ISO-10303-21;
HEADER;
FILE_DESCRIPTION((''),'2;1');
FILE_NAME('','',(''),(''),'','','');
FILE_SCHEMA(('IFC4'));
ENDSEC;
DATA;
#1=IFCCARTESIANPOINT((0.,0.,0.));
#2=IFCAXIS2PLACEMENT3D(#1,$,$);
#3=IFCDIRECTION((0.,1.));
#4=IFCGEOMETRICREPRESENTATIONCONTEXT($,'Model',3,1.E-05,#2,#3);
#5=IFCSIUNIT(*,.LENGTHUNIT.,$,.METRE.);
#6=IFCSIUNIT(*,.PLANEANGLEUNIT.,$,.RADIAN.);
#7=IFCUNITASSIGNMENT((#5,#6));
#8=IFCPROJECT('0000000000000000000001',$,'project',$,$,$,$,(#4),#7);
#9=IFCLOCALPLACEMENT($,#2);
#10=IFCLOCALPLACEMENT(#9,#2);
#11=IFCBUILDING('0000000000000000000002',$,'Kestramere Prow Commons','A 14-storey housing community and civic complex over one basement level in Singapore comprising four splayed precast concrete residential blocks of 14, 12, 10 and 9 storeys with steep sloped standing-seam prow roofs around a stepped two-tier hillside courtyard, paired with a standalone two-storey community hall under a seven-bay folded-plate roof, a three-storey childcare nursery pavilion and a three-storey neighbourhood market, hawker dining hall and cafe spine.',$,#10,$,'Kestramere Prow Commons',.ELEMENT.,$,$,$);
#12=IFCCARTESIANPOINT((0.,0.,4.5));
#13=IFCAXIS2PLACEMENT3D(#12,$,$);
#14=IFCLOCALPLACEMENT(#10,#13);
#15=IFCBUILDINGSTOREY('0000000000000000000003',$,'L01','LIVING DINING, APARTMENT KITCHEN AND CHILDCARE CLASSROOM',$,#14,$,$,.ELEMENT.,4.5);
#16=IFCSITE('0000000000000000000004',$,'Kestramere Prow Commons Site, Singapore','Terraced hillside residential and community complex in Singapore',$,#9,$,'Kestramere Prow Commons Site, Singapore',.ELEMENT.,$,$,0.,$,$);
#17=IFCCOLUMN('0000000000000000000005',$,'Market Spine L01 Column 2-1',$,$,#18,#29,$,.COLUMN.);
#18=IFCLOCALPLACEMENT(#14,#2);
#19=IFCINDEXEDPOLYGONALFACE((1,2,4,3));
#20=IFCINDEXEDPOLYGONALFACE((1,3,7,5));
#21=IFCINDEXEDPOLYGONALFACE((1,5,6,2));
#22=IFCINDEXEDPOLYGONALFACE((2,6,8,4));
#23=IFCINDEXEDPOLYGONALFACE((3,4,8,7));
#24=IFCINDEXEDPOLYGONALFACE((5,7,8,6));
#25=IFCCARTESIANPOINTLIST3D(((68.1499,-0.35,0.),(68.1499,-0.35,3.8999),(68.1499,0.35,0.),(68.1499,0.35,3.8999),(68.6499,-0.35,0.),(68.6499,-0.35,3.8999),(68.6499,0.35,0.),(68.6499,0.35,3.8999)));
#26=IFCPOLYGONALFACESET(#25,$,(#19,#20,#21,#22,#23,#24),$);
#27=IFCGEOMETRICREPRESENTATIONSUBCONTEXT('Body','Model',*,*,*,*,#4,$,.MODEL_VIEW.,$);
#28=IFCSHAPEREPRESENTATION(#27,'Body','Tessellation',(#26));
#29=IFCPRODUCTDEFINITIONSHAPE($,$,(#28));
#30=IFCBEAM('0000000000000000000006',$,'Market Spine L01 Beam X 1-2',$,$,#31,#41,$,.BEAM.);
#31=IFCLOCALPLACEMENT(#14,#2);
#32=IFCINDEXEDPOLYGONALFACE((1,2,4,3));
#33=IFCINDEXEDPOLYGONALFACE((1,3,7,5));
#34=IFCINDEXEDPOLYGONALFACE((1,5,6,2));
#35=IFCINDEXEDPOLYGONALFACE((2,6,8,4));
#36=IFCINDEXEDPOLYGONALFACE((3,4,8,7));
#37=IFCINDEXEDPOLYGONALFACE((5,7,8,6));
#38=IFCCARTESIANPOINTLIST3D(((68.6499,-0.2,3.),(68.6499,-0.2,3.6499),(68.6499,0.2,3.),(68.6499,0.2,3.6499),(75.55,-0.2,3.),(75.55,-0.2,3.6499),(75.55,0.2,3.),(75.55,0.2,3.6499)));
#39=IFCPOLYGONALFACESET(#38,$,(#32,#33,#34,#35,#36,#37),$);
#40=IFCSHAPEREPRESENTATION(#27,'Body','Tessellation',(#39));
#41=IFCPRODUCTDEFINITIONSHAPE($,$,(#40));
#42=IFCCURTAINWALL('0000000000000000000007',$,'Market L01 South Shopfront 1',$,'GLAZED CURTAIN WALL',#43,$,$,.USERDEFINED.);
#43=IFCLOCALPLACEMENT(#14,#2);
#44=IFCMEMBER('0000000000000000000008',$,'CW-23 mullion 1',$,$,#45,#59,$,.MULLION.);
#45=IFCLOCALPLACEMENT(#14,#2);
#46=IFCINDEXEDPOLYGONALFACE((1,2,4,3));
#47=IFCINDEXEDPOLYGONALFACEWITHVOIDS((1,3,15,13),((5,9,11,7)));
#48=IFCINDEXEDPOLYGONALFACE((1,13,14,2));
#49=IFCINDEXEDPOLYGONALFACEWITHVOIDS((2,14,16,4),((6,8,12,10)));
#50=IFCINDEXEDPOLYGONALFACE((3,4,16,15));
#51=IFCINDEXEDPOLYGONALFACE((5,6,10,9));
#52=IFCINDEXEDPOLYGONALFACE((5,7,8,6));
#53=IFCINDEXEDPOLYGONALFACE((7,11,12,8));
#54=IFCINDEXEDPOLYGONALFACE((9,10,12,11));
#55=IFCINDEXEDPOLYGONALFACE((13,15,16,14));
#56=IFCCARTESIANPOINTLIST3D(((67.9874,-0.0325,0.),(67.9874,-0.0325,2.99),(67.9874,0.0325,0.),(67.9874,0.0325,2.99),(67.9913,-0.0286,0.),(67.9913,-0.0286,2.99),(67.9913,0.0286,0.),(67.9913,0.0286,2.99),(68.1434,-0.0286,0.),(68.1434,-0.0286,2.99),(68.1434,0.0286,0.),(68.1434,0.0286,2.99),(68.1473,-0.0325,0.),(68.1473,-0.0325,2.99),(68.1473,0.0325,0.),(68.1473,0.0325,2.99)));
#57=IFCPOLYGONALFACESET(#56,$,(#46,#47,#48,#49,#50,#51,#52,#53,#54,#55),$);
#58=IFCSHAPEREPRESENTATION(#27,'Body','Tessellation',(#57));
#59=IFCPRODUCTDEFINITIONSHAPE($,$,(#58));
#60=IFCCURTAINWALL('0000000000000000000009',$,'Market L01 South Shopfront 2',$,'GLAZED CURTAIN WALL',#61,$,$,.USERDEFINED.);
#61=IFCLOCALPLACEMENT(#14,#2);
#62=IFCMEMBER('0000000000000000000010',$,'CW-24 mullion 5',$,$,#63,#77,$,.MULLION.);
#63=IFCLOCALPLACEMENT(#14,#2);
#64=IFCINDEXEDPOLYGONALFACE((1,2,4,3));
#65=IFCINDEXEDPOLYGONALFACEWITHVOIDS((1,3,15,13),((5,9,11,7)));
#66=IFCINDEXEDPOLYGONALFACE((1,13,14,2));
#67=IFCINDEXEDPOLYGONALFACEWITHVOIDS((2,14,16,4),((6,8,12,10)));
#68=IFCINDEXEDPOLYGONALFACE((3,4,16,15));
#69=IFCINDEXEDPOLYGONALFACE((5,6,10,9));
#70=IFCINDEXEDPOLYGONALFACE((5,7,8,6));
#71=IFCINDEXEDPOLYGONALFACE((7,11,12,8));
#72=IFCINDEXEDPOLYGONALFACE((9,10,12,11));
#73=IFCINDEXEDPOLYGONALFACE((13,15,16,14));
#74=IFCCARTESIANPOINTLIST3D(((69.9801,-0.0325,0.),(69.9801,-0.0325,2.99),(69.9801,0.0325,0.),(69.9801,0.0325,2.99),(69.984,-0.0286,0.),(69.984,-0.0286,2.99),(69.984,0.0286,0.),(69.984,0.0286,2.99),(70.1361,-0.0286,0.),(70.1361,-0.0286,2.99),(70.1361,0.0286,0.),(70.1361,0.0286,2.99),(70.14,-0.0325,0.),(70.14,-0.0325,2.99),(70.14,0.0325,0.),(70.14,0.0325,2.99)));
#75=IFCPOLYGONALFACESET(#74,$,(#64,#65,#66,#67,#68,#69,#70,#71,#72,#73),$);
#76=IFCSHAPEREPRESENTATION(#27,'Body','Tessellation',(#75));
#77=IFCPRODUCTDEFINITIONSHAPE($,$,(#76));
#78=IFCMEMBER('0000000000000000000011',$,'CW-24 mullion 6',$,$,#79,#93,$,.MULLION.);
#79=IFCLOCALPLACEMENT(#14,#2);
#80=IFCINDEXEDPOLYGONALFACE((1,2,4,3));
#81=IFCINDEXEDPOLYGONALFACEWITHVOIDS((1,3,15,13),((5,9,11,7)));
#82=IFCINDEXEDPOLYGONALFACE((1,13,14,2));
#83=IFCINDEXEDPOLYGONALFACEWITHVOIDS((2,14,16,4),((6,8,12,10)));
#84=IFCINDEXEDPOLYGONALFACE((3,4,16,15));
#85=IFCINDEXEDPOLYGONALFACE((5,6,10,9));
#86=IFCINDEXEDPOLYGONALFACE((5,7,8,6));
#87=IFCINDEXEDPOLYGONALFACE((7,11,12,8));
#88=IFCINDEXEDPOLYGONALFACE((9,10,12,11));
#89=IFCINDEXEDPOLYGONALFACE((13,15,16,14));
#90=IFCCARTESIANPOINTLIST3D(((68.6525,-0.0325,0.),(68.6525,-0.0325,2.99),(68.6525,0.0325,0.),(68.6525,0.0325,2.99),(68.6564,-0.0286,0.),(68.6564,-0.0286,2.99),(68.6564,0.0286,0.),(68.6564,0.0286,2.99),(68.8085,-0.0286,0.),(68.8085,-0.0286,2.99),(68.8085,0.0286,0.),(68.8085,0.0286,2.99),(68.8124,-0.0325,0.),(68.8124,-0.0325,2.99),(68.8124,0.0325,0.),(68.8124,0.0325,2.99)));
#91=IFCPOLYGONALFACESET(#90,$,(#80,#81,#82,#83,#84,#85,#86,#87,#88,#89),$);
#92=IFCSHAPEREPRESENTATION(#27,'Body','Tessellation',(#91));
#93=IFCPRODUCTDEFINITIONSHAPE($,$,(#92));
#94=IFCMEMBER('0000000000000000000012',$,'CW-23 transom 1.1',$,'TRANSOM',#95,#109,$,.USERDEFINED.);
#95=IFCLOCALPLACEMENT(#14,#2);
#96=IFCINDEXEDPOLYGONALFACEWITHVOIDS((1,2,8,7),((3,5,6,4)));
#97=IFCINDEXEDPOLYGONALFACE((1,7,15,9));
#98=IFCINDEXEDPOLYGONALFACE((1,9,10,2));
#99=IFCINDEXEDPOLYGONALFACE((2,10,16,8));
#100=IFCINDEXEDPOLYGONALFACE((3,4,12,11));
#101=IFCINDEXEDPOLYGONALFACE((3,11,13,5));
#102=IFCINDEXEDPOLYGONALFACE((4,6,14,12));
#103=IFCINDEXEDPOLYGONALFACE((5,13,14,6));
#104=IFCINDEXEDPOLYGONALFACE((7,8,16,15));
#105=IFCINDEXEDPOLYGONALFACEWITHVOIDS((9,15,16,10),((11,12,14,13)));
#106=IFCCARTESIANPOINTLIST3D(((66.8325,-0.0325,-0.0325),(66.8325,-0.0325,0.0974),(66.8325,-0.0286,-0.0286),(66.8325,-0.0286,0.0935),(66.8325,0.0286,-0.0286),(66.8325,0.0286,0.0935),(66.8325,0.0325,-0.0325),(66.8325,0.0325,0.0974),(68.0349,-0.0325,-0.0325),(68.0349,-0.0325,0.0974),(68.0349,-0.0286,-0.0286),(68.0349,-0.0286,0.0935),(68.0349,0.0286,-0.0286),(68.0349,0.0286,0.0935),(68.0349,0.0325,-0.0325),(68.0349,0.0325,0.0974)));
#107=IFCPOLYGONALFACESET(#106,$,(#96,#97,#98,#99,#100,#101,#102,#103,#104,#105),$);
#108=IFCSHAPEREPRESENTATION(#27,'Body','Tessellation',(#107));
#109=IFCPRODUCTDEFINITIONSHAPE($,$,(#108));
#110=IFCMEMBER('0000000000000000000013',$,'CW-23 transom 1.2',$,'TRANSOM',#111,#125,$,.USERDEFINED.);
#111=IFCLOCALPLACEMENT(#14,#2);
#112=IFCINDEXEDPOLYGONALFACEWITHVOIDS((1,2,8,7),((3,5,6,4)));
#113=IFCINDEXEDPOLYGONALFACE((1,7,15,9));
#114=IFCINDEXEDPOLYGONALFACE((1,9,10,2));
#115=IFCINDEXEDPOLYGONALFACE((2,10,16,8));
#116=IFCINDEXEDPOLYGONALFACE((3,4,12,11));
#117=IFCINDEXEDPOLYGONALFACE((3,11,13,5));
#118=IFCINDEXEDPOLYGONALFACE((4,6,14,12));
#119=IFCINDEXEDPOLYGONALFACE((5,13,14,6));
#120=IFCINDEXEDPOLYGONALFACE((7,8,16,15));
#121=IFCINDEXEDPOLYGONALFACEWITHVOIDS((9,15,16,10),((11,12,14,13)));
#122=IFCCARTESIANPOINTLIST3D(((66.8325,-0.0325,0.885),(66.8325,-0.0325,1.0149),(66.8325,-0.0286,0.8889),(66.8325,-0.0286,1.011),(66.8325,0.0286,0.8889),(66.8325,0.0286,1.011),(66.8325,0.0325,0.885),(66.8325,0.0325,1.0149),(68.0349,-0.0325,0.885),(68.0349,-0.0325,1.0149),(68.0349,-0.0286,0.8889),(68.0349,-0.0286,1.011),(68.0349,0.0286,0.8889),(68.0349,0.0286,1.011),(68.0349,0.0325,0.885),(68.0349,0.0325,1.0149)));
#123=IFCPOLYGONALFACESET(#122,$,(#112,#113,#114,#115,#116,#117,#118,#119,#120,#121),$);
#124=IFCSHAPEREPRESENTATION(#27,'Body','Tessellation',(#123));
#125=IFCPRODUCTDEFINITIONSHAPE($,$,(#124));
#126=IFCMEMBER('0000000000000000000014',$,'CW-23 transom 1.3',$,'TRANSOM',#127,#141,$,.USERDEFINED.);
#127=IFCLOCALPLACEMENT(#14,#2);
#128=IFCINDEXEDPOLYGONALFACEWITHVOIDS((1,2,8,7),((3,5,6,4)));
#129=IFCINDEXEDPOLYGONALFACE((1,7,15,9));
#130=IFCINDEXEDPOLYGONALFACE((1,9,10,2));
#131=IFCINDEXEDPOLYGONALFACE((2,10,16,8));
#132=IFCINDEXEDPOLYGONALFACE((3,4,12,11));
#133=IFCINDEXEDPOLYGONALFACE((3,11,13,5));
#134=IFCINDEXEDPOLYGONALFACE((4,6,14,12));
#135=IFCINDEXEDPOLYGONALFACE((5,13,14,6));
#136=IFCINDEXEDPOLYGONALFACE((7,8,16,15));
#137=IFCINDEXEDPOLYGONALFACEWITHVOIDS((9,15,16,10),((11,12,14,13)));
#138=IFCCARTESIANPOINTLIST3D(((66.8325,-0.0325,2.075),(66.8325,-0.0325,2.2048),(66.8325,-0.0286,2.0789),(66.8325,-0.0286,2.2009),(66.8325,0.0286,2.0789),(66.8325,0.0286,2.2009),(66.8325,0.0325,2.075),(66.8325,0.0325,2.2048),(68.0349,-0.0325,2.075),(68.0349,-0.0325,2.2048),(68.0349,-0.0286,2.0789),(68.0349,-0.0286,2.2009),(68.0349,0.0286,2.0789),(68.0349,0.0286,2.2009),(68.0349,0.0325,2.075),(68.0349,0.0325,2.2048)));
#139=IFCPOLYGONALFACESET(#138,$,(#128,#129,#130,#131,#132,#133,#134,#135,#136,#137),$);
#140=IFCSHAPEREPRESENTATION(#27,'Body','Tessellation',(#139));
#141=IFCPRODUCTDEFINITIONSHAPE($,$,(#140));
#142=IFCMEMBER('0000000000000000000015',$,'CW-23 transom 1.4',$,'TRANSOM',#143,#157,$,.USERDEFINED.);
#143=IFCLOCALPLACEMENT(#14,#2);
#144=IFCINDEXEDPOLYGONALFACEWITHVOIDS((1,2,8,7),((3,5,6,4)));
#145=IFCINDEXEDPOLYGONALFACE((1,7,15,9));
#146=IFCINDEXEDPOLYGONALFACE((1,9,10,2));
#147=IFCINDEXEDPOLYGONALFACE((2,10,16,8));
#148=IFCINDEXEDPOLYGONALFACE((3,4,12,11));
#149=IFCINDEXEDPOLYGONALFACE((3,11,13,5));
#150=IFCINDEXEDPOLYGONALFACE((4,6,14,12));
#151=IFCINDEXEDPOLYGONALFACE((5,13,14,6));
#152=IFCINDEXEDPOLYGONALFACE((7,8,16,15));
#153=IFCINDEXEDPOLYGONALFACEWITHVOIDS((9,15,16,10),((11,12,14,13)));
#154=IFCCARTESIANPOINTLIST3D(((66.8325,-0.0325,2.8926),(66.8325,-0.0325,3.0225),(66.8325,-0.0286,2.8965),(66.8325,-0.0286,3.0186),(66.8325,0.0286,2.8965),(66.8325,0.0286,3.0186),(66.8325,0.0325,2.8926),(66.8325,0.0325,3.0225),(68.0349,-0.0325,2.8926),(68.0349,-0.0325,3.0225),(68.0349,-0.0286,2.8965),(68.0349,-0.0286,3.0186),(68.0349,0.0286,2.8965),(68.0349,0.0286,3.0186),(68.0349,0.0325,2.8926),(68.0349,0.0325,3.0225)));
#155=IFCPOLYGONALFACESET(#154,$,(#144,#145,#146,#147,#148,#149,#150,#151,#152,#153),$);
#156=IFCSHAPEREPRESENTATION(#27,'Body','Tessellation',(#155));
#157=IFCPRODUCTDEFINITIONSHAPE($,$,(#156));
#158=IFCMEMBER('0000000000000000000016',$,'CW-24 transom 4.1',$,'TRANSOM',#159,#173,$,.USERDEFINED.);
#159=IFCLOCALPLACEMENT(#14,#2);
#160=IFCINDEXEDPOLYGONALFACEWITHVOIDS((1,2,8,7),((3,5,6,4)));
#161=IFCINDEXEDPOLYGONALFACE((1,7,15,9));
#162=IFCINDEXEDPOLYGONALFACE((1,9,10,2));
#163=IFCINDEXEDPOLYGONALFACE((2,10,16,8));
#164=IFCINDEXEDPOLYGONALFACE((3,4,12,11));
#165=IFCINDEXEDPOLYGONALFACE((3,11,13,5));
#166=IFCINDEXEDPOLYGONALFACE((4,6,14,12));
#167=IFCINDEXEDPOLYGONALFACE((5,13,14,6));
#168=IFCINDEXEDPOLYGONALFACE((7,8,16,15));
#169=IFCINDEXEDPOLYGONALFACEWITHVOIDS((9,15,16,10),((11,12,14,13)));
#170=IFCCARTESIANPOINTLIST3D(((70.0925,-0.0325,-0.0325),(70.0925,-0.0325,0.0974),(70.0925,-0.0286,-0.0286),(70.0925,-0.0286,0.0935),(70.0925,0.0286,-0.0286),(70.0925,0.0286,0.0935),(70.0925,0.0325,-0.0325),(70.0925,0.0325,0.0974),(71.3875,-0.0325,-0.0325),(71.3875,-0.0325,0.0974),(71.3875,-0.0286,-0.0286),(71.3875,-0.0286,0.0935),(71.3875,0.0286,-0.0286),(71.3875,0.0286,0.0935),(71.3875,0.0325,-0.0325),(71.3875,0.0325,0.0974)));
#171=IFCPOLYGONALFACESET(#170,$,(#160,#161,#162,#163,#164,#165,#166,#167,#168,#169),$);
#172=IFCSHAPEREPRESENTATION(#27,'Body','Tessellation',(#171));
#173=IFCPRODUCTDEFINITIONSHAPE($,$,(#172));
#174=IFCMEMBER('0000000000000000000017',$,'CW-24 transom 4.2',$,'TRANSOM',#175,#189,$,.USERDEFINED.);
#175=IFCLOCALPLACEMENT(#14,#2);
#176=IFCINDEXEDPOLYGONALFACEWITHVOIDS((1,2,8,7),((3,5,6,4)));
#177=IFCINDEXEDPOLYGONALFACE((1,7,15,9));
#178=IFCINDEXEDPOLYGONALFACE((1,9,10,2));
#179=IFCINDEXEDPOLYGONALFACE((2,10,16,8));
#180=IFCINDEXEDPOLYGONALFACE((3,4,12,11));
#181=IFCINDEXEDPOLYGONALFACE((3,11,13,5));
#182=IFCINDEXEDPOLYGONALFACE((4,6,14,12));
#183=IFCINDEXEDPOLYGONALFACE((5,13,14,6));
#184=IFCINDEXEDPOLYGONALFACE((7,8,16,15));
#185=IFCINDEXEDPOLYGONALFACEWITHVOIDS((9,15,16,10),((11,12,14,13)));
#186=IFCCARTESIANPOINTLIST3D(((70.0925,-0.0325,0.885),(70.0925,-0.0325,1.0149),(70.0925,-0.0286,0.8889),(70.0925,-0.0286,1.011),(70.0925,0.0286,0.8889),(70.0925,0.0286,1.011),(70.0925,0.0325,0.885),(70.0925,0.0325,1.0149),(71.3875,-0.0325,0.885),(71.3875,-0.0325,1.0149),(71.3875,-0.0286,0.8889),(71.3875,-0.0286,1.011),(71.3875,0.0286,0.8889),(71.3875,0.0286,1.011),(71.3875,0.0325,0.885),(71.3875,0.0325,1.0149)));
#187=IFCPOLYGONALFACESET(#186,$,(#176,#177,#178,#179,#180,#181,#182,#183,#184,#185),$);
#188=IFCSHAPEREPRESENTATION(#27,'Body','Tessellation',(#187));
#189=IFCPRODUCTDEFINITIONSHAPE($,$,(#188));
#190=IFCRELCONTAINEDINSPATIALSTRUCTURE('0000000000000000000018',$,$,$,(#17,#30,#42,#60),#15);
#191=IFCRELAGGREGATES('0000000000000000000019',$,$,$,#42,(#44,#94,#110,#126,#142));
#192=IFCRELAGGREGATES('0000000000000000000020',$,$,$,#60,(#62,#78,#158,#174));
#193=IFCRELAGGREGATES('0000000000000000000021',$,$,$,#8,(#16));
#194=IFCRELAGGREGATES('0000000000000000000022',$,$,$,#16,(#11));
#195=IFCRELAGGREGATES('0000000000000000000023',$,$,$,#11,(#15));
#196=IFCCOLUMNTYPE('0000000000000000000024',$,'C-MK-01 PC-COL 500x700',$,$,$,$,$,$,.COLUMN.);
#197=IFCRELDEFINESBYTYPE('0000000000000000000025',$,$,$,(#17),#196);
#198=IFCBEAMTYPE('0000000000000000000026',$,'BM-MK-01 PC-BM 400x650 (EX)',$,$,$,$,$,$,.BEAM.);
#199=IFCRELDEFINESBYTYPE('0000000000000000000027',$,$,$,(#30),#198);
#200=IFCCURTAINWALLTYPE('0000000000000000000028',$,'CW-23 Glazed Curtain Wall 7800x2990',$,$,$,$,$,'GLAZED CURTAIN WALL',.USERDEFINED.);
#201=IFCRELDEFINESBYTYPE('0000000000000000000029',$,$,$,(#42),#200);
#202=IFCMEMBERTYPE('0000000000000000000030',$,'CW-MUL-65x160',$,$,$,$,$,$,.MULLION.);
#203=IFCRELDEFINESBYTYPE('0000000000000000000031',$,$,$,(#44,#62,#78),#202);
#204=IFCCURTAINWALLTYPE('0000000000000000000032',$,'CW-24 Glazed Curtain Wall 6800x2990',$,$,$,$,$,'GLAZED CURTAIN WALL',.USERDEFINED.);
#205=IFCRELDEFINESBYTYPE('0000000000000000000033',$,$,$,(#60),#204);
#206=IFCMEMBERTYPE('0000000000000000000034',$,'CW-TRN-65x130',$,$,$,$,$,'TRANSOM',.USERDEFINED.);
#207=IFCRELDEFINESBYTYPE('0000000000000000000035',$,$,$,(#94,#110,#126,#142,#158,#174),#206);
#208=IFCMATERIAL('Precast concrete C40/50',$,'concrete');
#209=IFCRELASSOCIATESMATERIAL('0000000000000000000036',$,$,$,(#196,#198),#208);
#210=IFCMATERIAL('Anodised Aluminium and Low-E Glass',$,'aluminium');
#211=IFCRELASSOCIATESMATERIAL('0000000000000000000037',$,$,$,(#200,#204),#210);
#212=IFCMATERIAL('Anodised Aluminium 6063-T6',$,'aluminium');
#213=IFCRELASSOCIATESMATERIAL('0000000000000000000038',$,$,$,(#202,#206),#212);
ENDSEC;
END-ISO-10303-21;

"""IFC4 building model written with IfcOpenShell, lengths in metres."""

from ifc_helpers import new_model, si_unit, direction, frame, origin, origin_2d, place, context, subcontext, project, spatial, rectangle, hollow_rectangle, extrude, material, material_profile, profile_set, type_object, element, aggregate, save


model = new_model("IFC4")

# Units and contexts
model_context = context("Model", 3, precision=1e-05, world=origin(), true_north=direction((0.0, 1.0)))
body_context = subcontext(model_context, "Body", "Model", "MODEL_VIEW")
ifc_project = project(units=[si_unit("LENGTHUNIT", "METRE"), si_unit("PLANEANGLEUNIT", "RADIAN")], contexts=[model_context])

# Site, building, storey
site_placement = place(None, origin())
site = spatial("IfcSite", under=ifc_project, at=site_placement, Name="Kestramere Prow Commons Site, Singapore", Description="Terraced hillside residential and community complex in Singapore", LongName="Kestramere Prow Commons Site, Singapore", CompositionType="ELEMENT", RefElevation=0.0)
building_placement = place(site_placement, origin())
building = spatial("IfcBuilding", under=site, at=building_placement, Name="Kestramere Prow Commons", Description="A 14-storey housing community and civic complex over one basement level in Singapore comprising four splayed precast concrete residential blocks of 14, 12, 10 and 9 storeys with steep sloped standing-seam prow roofs around a stepped two-tier hillside courtyard, paired with a standalone two-storey community hall under a seven-bay folded-plate roof, a three-storey childcare nursery pavilion and a three-storey neighbourhood market, hawker dining hall and cafe spine.", LongName="Kestramere Prow Commons", CompositionType="ELEMENT")
storey_placement = place(building_placement, frame((0.0, 0.0, 4.5)))
storey = spatial("IfcBuildingStorey", under=building, at=storey_placement, Name="L01", Description="LIVING DINING, APARTMENT KITCHEN AND CHILDCARE CLASSROOM", CompositionType="ELEMENT", Elevation=4.5)

# Column
ifc_material_1 = material(Name="Precast concrete C40/50", Category="concrete")
ifc_material_profile_1 = material_profile(ifc_material_1, rectangle(XDim=0.5, YDim=0.7, at=origin_2d()), Name="PC-COL 500x700")
ifc_profile_set_1 = profile_set([ifc_material_profile_1], Name="Precast concrete C40/50")
column_type = type_object("IfcColumnType", Name="C-MK-01 PC-COL 500x700", PredefinedType="COLUMN", material=ifc_profile_set_1)
column_placement = place(storey_placement, frame((68.3999, 0.0, 0.0), z_axis=(0.0, 0.0, 1.0), x_axis=(1.0, 0.0, 0.0)))
element("IfcColumn", 1, at=column_placement, inside=storey, type_object=column_type, Name="Market Spine L01 Column 2-1", PredefinedType="COLUMN", context=body_context, shape_type="SweptSolid", body=[
    extrude(rectangle(XDim=0.5, YDim=0.7, at=origin_2d()), origin(), (0.0, 0.0, 1.0), 3.8999),
])

# Beam
ifc_material_profile_2 = material_profile(ifc_material_1, rectangle(XDim=0.3999, YDim=0.6499, at=origin_2d()), Name="PC-BM 400x650")
ifc_profile_set_2 = profile_set([ifc_material_profile_2], Name="Precast concrete C40/50")
beam_type = type_object("IfcBeamType", Name="BM-MK-01 PC-BM 400x650 (EX)", PredefinedType="BEAM", material=ifc_profile_set_2)
beam_placement = place(storey_placement, frame((68.6499, 0.0, 3.325), z_axis=(1.0, 0.0, 0.0), x_axis=(0.0, 1.0, 0.0)))
element("IfcBeam", 2, at=beam_placement, inside=storey, type_object=beam_type, Name="Market Spine L01 Beam X 1-2", PredefinedType="BEAM", context=body_context, shape_type="SweptSolid", body=[
    extrude(rectangle(XDim=0.3999, YDim=0.6499, at=origin_2d()), origin(), (0.0, 0.0, 1.0), 6.9001),
])

# Curtain wall, member
ifc_material_2 = material(Name="Anodised Aluminium and Low-E Glass", Category="aluminium")
curtain_wall_type_1 = type_object("IfcCurtainWallType", Name="CW-23 Glazed Curtain Wall 7800x2990", ElementType="GLAZED CURTAIN WALL", PredefinedType="USERDEFINED", material=ifc_material_2)
curtain_wall_1_placement = place(storey_placement, origin())
curtain_wall_1 = element("IfcCurtainWall", 3, at=curtain_wall_1_placement, inside=storey, type_object=curtain_wall_type_1, Name="Market L01 South Shopfront 1", ObjectType="GLAZED CURTAIN WALL", PredefinedType="USERDEFINED")
ifc_material_3 = material(Name="Anodised Aluminium 6063-T6", Category="aluminium")
ifc_material_profile_3 = material_profile(ifc_material_3, hollow_rectangle(XDim=0.0649, YDim=0.1599, WallThickness=0.0039, at=origin_2d()), Name="ALU-MUL 65x160")
ifc_profile_set_3 = profile_set([ifc_material_profile_3], Name="Anodised Aluminium 6063-T6")
member_type_1 = type_object("IfcMemberType", Name="CW-MUL-65x160", PredefinedType="MULLION", material=ifc_profile_set_3)
member_1_placement = place(storey_placement, frame((68.0674, 0.0, 0.0), z_axis=(0.0, 0.0, 1.0), x_axis=(0.0, -1.0, 0.0)))
member_1 = element("IfcMember", 4, at=member_1_placement, type_object=member_type_1, Name="CW-23 mullion 1", PredefinedType="MULLION", context=body_context, shape_type="SweptSolid", body=[
    extrude(hollow_rectangle(XDim=0.0649, YDim=0.1599, WallThickness=0.0039, at=origin_2d()), origin(), (0.0, 0.0, 1.0), 2.99),
])

# Curtain wall, members
curtain_wall_type_2 = type_object("IfcCurtainWallType", Name="CW-24 Glazed Curtain Wall 6800x2990", ElementType="GLAZED CURTAIN WALL", PredefinedType="USERDEFINED", material=ifc_material_2)
curtain_wall_2_placement = place(storey_placement, origin())
curtain_wall_2 = element("IfcCurtainWall", 5, at=curtain_wall_2_placement, inside=storey, type_object=curtain_wall_type_2, Name="Market L01 South Shopfront 2", ObjectType="GLAZED CURTAIN WALL", PredefinedType="USERDEFINED")
member_2_placement = place(storey_placement, frame((70.0601, 0.0, 0.0), z_axis=(0.0, 0.0, 1.0), x_axis=(0.0, -1.0, 0.0)))
member_2 = element("IfcMember", 6, at=member_2_placement, type_object=member_type_1, Name="CW-24 mullion 5", PredefinedType="MULLION", context=body_context, shape_type="SweptSolid", body=[
    extrude(hollow_rectangle(XDim=0.0649, YDim=0.1599, WallThickness=0.0039, at=origin_2d()), origin(), (0.0, 0.0, 1.0), 2.99),
])
member_3_placement = place(storey_placement, frame((68.7324, 0.0, 0.0), z_axis=(0.0, 0.0, 1.0), x_axis=(0.0, -1.0, 0.0)))
member_3 = element("IfcMember", 7, at=member_3_placement, type_object=member_type_1, Name="CW-24 mullion 6", PredefinedType="MULLION", context=body_context, shape_type="SweptSolid", body=[
    extrude(hollow_rectangle(XDim=0.0649, YDim=0.1599, WallThickness=0.0039, at=origin_2d()), origin(), (0.0, 0.0, 1.0), 2.99),
])

# Members
ifc_material_profile_4 = material_profile(ifc_material_3, hollow_rectangle(XDim=0.0649, YDim=0.1299, WallThickness=0.0039, at=origin_2d()), Name="ALU-TRN 65x130")
ifc_profile_set_4 = profile_set([ifc_material_profile_4], Name="Anodised Aluminium 6063-T6")
member_type_2 = type_object("IfcMemberType", Name="CW-TRN-65x130", ElementType="TRANSOM", PredefinedType="USERDEFINED", material=ifc_profile_set_4)
member_4_placement = place(storey_placement, frame((68.0349, 0.0, 0.0325), z_axis=(-1.0, 0.0, 0.0), x_axis=(0.0, -1.0, 0.0)))
member_4 = element("IfcMember", 8, at=member_4_placement, type_object=member_type_2, Name="CW-23 transom 1.1", ObjectType="TRANSOM", PredefinedType="USERDEFINED", context=body_context, shape_type="SweptSolid", body=[
    extrude(hollow_rectangle(XDim=0.0649, YDim=0.1299, WallThickness=0.0039, at=origin_2d()), origin(), (0.0, 0.0, 1.0), 1.2024),
])
member_5_placement = place(storey_placement, frame((68.0349, 0.0, 0.95), z_axis=(-1.0, 0.0, 0.0), x_axis=(0.0, -1.0, 0.0)))
member_5 = element("IfcMember", 9, at=member_5_placement, type_object=member_type_2, Name="CW-23 transom 1.2", ObjectType="TRANSOM", PredefinedType="USERDEFINED", context=body_context, shape_type="SweptSolid", body=[
    extrude(hollow_rectangle(XDim=0.0649, YDim=0.1299, WallThickness=0.0039, at=origin_2d()), origin(), (0.0, 0.0, 1.0), 1.2024),
])
member_6_placement = place(storey_placement, frame((68.0349, 0.0, 2.1399), z_axis=(-1.0, 0.0, 0.0), x_axis=(0.0, -1.0, 0.0)))
member_6 = element("IfcMember", 10, at=member_6_placement, type_object=member_type_2, Name="CW-23 transom 1.3", ObjectType="TRANSOM", PredefinedType="USERDEFINED", context=body_context, shape_type="SweptSolid", body=[
    extrude(hollow_rectangle(XDim=0.0649, YDim=0.1299, WallThickness=0.0039, at=origin_2d()), origin(), (0.0, 0.0, 1.0), 1.2024),
])
member_7_placement = place(storey_placement, frame((68.0349, 0.0, 2.9575), z_axis=(-1.0, 0.0, 0.0), x_axis=(0.0, -1.0, 0.0)))
member_7 = element("IfcMember", 11, at=member_7_placement, type_object=member_type_2, Name="CW-23 transom 1.4", ObjectType="TRANSOM", PredefinedType="USERDEFINED", context=body_context, shape_type="SweptSolid", body=[
    extrude(hollow_rectangle(XDim=0.0649, YDim=0.1299, WallThickness=0.0039, at=origin_2d()), origin(), (0.0, 0.0, 1.0), 1.2024),
])
aggregate(curtain_wall_1, [member_1, member_4, member_5, member_6, member_7])
member_8_placement = place(storey_placement, frame((71.3875, 0.0, 0.0325), z_axis=(-1.0, 0.0, 0.0), x_axis=(0.0, -1.0, 0.0)))
member_8 = element("IfcMember", 12, at=member_8_placement, type_object=member_type_2, Name="CW-24 transom 4.1", ObjectType="TRANSOM", PredefinedType="USERDEFINED", context=body_context, shape_type="SweptSolid", body=[
    extrude(hollow_rectangle(XDim=0.0649, YDim=0.1299, WallThickness=0.0039, at=origin_2d()), origin(), (0.0, 0.0, 1.0), 1.2949),
])
member_9_placement = place(storey_placement, frame((71.3875, 0.0, 0.95), z_axis=(-1.0, 0.0, 0.0), x_axis=(0.0, -1.0, 0.0)))
member_9 = element("IfcMember", 13, at=member_9_placement, type_object=member_type_2, Name="CW-24 transom 4.2", ObjectType="TRANSOM", PredefinedType="USERDEFINED", context=body_context, shape_type="SweptSolid", body=[
    extrude(hollow_rectangle(XDim=0.0649, YDim=0.1299, WallThickness=0.0039, at=origin_2d()), origin(), (0.0, 0.0, 1.0), 1.2949),
])

aggregate(curtain_wall_2, [member_2, member_3, member_8, member_9])

save(model, "model.ifc")
